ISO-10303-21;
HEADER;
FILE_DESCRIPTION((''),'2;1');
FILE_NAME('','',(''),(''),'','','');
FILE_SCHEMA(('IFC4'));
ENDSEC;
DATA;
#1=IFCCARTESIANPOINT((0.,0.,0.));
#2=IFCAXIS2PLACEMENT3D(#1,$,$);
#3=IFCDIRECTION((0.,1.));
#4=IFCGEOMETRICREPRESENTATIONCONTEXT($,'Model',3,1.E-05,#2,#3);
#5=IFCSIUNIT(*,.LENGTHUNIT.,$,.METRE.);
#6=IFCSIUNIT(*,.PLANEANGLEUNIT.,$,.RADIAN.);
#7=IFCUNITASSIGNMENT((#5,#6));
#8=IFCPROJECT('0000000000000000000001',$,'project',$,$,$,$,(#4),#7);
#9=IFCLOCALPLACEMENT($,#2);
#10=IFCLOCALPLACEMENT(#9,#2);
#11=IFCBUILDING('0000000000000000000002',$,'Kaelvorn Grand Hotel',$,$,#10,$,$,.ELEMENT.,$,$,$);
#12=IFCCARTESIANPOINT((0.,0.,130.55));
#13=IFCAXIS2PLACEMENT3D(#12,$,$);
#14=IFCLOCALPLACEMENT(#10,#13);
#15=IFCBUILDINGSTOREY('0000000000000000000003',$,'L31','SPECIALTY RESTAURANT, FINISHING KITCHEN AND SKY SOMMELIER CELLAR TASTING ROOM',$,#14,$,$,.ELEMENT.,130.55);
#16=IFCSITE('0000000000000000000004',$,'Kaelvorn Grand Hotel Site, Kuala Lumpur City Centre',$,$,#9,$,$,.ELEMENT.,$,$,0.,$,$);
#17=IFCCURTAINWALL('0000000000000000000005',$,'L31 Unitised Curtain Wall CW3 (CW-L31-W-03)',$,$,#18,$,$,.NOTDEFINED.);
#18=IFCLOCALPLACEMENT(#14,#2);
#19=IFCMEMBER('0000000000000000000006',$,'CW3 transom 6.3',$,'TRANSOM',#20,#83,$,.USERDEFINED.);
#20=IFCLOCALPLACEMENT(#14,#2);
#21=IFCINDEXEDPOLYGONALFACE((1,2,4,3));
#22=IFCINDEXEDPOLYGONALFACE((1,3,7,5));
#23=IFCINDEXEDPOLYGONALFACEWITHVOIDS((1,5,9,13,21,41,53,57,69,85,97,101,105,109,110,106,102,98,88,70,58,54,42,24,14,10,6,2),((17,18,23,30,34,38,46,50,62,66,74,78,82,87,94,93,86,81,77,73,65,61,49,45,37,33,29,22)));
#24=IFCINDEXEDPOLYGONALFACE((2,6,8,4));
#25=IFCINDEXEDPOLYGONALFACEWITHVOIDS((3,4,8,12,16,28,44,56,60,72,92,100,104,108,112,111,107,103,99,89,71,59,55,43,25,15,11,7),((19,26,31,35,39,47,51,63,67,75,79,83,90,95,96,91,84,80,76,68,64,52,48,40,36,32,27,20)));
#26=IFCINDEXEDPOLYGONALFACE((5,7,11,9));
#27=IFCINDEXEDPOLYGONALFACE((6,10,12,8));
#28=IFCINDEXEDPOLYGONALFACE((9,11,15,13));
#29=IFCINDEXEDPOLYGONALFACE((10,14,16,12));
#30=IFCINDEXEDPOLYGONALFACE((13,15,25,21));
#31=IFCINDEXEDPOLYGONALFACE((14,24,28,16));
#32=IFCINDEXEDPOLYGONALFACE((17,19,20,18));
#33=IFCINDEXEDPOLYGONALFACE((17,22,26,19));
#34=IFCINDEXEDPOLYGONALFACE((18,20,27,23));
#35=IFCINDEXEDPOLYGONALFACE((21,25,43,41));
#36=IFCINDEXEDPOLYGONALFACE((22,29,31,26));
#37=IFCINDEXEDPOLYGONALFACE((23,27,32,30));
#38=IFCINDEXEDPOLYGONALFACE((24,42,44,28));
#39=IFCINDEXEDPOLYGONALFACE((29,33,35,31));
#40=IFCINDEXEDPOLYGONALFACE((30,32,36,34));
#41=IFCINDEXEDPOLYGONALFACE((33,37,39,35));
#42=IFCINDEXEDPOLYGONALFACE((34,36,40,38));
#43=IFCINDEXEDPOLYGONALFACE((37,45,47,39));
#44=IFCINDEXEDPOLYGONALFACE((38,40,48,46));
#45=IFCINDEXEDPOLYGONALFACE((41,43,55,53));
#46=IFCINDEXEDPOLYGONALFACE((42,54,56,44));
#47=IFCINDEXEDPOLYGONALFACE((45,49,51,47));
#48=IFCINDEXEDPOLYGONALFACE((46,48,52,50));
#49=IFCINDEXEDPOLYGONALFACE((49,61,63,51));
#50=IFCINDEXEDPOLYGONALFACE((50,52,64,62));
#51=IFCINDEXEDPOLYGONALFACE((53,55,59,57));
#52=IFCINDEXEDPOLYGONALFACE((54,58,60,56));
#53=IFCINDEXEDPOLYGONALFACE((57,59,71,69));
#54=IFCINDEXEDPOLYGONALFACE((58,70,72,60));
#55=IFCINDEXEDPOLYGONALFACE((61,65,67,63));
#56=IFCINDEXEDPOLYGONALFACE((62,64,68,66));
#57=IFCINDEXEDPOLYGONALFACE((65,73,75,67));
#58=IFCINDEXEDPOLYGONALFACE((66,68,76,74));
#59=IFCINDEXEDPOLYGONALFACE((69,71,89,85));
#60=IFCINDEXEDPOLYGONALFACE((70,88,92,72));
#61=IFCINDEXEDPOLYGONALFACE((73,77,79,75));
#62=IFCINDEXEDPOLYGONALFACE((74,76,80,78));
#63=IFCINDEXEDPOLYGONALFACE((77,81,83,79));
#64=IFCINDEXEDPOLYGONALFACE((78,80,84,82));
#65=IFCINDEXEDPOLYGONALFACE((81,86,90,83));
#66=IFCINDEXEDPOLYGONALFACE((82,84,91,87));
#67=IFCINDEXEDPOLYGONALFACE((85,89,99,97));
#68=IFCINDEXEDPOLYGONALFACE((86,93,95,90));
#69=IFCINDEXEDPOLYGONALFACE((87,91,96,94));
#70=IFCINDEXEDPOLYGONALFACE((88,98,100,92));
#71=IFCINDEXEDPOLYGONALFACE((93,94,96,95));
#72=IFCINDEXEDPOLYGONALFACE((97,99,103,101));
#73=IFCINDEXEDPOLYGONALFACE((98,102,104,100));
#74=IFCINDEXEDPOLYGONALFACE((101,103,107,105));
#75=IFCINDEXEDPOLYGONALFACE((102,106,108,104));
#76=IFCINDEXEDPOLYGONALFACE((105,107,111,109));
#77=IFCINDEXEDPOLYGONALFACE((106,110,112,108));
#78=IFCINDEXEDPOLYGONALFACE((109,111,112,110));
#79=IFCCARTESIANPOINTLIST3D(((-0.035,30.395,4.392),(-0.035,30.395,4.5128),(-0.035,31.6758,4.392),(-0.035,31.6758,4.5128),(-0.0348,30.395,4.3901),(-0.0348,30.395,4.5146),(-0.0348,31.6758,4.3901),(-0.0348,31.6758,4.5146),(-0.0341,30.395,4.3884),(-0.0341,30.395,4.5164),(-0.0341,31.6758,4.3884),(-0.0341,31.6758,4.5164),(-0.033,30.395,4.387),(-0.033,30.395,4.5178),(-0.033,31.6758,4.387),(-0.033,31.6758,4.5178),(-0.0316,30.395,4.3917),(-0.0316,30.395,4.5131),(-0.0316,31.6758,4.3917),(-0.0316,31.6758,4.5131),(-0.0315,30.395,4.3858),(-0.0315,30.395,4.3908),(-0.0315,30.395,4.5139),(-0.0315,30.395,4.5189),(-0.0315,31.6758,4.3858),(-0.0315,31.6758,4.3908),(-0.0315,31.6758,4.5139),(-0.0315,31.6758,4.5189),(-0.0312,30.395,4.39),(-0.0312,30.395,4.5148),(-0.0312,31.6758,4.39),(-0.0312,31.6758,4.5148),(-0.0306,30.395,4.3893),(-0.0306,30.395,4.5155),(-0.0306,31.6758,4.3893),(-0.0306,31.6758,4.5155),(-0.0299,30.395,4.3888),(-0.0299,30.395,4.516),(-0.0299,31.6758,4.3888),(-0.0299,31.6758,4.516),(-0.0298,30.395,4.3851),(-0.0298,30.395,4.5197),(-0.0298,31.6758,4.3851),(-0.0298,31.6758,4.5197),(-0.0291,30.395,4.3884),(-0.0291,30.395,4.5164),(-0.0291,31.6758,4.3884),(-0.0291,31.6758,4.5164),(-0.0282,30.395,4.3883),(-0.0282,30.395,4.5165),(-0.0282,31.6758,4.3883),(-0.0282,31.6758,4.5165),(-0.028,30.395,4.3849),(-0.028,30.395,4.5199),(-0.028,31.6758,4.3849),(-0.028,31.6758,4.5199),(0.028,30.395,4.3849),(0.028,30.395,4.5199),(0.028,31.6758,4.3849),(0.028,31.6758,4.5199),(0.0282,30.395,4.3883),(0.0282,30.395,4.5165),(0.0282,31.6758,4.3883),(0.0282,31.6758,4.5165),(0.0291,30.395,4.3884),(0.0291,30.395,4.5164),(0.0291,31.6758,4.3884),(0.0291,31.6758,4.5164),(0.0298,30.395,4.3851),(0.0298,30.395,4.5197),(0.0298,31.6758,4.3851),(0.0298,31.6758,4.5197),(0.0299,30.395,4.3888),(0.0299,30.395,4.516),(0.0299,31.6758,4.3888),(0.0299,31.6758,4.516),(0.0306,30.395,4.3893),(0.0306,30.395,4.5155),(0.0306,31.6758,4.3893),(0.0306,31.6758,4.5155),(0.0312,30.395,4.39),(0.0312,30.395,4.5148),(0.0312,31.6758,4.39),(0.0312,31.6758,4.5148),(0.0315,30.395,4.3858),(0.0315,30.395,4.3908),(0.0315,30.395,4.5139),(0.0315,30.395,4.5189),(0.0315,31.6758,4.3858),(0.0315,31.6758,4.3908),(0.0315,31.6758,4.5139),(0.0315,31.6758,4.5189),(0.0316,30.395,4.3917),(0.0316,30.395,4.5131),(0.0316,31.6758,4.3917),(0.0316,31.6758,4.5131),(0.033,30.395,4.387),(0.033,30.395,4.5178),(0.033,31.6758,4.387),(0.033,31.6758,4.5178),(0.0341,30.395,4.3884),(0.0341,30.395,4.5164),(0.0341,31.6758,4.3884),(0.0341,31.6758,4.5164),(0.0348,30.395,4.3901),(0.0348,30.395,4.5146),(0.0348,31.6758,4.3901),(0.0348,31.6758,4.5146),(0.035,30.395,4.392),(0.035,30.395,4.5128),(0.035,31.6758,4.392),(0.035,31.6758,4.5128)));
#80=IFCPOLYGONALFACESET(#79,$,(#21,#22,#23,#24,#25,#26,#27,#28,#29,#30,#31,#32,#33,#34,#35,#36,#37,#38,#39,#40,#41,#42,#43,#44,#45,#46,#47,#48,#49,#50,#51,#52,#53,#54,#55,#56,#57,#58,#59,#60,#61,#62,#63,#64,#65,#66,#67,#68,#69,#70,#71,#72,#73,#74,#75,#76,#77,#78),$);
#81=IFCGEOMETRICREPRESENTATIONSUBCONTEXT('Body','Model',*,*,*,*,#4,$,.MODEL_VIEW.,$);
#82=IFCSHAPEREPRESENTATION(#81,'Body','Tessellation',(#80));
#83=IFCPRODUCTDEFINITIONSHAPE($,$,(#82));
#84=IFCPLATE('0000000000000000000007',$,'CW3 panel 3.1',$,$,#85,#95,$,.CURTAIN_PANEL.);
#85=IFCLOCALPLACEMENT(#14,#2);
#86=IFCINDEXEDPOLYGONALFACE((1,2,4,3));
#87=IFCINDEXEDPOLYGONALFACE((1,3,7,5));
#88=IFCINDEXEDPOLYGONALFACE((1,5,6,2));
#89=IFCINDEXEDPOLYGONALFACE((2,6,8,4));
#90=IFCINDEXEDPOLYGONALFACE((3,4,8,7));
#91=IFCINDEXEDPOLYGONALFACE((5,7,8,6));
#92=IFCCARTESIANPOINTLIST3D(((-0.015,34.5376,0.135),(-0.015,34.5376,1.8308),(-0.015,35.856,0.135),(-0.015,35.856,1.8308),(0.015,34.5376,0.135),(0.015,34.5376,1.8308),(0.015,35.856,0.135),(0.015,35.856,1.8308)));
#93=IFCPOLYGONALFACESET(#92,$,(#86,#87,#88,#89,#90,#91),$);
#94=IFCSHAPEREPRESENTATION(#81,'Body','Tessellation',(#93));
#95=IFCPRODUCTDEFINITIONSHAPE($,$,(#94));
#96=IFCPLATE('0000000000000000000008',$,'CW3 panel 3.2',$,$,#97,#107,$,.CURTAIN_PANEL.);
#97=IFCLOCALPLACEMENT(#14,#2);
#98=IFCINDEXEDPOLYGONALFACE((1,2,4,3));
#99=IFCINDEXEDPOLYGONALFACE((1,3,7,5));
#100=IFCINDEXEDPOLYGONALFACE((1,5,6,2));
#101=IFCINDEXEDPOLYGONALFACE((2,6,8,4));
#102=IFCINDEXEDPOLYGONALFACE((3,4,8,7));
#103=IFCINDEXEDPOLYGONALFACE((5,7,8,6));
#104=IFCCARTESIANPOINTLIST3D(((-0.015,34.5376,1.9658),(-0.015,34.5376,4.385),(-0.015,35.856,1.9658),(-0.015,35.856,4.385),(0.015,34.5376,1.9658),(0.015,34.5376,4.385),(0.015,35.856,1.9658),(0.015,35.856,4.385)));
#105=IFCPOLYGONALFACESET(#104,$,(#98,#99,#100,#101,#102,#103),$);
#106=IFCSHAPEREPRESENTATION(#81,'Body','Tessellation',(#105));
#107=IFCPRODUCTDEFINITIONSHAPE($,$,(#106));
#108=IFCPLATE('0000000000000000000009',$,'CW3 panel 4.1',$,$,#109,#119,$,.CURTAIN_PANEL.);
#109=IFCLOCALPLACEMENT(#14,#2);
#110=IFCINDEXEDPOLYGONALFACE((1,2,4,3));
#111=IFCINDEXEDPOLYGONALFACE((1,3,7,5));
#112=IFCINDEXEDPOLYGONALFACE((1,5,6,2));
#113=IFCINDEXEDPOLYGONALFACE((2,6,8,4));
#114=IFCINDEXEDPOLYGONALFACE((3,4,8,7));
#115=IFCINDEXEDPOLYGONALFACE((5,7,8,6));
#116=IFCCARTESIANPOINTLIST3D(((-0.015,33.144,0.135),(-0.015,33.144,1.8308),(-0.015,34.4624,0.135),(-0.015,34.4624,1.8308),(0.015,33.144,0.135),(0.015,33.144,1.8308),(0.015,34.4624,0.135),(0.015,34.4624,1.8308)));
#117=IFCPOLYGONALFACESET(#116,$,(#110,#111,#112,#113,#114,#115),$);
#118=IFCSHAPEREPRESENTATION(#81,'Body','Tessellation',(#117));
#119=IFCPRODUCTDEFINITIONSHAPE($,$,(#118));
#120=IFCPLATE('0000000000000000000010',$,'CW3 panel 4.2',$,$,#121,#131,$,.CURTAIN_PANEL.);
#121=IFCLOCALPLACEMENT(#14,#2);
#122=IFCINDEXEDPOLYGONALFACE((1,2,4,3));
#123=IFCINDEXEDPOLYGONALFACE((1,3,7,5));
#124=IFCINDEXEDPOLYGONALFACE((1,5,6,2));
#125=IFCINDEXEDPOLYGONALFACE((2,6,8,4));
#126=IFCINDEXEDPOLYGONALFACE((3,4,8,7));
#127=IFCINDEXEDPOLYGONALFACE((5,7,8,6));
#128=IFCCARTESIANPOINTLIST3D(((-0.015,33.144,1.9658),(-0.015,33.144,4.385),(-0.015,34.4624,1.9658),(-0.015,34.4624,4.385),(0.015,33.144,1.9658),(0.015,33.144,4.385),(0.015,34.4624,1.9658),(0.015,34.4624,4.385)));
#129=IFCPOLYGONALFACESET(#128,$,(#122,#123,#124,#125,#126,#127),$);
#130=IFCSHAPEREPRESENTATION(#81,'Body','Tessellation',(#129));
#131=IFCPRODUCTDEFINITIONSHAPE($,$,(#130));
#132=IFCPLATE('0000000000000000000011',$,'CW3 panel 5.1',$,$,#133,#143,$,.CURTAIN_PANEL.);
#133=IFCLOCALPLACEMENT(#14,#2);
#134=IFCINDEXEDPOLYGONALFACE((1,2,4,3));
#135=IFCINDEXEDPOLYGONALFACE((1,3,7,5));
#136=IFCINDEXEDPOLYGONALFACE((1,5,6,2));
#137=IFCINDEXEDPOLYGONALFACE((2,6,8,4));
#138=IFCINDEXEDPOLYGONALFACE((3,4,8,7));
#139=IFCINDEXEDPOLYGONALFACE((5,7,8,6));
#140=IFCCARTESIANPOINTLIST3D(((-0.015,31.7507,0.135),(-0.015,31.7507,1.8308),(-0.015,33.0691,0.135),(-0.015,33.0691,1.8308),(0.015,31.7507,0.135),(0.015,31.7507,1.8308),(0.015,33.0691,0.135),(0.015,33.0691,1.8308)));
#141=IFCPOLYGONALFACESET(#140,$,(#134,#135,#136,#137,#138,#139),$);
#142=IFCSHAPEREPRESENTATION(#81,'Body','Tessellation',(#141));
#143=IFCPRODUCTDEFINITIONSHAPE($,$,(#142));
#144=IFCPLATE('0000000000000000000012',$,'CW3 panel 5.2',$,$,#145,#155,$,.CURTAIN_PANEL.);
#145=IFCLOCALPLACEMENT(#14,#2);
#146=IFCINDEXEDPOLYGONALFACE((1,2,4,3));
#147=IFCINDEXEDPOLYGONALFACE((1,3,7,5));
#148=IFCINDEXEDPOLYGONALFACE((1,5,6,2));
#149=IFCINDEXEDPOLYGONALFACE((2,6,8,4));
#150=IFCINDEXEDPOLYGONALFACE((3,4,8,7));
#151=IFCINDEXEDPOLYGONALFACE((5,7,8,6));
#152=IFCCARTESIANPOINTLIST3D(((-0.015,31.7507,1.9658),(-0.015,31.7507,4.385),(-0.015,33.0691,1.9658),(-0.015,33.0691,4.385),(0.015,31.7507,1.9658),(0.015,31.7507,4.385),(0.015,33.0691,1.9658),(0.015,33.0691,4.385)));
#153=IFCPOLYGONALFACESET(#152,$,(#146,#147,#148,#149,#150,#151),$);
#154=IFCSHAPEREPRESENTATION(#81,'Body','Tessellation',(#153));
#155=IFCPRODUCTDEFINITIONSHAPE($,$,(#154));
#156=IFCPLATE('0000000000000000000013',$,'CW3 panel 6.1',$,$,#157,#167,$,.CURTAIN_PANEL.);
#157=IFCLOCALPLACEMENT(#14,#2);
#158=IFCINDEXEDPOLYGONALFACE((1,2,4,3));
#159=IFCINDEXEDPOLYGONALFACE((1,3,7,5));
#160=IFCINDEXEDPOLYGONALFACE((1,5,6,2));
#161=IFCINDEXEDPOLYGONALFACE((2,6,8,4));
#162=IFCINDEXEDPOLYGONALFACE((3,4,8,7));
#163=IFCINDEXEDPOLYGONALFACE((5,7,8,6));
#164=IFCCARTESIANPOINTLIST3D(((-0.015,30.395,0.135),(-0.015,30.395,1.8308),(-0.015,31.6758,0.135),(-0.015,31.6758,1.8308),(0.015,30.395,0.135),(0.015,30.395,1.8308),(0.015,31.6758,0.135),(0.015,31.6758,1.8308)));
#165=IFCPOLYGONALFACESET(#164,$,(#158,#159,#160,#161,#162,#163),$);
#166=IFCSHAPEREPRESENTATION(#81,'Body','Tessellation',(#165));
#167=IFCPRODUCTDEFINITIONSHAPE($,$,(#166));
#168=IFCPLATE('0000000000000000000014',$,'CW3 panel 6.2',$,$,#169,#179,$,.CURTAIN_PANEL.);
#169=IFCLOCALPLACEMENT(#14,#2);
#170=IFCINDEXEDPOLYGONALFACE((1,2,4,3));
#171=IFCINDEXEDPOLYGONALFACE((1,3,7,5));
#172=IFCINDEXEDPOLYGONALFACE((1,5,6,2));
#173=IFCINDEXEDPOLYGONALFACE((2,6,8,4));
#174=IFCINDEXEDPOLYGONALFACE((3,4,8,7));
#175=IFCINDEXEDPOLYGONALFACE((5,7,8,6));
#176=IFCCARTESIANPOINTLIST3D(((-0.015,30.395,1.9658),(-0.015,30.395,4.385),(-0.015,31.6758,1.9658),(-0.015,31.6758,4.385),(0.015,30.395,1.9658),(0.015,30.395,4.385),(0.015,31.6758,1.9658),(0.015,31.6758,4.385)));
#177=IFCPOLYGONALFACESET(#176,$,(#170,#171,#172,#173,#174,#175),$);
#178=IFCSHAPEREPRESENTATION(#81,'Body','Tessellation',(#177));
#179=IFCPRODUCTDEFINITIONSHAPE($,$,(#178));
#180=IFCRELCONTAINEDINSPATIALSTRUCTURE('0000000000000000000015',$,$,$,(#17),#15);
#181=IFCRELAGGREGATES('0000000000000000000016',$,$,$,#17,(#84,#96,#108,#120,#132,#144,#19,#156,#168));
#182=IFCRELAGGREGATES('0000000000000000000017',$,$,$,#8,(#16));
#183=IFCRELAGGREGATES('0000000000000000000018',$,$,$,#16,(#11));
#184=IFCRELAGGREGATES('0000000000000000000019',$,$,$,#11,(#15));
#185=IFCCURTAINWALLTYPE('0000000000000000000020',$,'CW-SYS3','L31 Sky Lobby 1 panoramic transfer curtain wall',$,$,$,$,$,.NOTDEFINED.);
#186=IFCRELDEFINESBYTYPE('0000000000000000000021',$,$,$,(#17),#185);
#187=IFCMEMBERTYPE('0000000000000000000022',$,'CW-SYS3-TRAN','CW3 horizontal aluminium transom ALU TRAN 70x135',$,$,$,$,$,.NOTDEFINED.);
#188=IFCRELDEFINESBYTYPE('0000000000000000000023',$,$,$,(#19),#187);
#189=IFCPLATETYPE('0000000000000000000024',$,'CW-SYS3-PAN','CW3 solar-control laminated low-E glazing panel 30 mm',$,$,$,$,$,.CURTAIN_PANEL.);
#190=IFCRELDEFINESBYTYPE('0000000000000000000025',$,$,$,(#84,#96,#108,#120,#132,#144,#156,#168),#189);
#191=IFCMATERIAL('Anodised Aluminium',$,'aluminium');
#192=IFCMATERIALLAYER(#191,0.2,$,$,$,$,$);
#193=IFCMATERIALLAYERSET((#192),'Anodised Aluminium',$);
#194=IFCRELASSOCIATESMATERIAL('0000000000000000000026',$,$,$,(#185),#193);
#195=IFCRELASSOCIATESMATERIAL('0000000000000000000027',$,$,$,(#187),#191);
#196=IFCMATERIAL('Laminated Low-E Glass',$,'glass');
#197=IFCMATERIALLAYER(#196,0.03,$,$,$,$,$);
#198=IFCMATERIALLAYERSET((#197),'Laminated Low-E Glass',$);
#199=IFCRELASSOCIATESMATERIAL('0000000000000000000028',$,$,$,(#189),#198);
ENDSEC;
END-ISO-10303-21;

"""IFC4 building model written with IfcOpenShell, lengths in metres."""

from ifc_helpers import new_model, si_unit, direction, frame, origin, origin_2d, place, context, subcontext, project, spatial, rectangle, hollow_rectangle, extrude, material, layer, layer_set, material_profile, profile_set, type_object, element, aggregate, save


model = new_model("IFC4")

# Units and contexts
model_context = context("Model", 3, precision=1e-05, world=origin(), true_north=direction((0.0, 1.0)))
body_context = subcontext(model_context, "Body", "Model", "MODEL_VIEW")
ifc_project = project(units=[si_unit("LENGTHUNIT", "METRE"), si_unit("PLANEANGLEUNIT", "RADIAN")], contexts=[model_context])

# Site, building, storey
site_placement = place(None, origin())
site = spatial("IfcSite", under=ifc_project, at=site_placement, Name="Kaelvorn Grand Hotel Site, Kuala Lumpur City Centre", CompositionType="ELEMENT", RefElevation=0.0)
building_placement = place(site_placement, origin())
building = spatial("IfcBuilding", under=site, at=building_placement, Name="Kaelvorn Grand Hotel", CompositionType="ELEMENT")
storey_placement = place(building_placement, frame((0.0, 0.0, 130.55)))
storey = spatial("IfcBuildingStorey", under=building, at=storey_placement, Name="L31", Description="SPECIALTY RESTAURANT, FINISHING KITCHEN AND SKY SOMMELIER CELLAR TASTING ROOM", CompositionType="ELEMENT", Elevation=130.55)

# Curtain wall, member, plates
ifc_material_1 = material(Name="Anodised Aluminium", Category="aluminium")
ifc_layer_1 = layer(ifc_material_1, 0.2)
ifc_layer_set_1 = layer_set([ifc_layer_1], Name="Anodised Aluminium")
curtain_wall_type = type_object("IfcCurtainWallType", Name="CW-SYS3", Description="L31 Sky Lobby 1 panoramic transfer curtain wall", PredefinedType="NOTDEFINED", material=ifc_layer_set_1)
curtain_wall_placement = place(storey_placement, origin())
curtain_wall = element("IfcCurtainWall", 1, at=curtain_wall_placement, inside=storey, type_object=curtain_wall_type, Name="L31 Unitised Curtain Wall CW3 (CW-L31-W-03)", PredefinedType="NOTDEFINED")
ifc_material_profile_1 = material_profile(ifc_material_1, hollow_rectangle(XDim=0.0701, YDim=0.135, WallThickness=0.0034, InnerFilletRadius=0.0034, OuterFilletRadius=0.0071, at=origin_2d()), Name="ALU TRAN 70x135")
ifc_profile_set_1 = profile_set([ifc_material_profile_1], Name="Anodised Aluminium")
member_type_1 = type_object("IfcMemberType", Name="CW-SYS3-TRAN", Description="CW3 horizontal aluminium transom ALU TRAN 70x135", PredefinedType="NOTDEFINED", material=ifc_profile_set_1)
member_1_placement = place(storey_placement, frame((0.0, 31.6758, 4.4524), z_axis=(0.0, -1.0, 0.0), x_axis=(1.0, 0.0, 0.0)))
member_1 = element("IfcMember", 2, at=member_1_placement, type_object=member_type_1, Name="CW3 transom 6.3", ObjectType="TRANSOM", PredefinedType="USERDEFINED", context=body_context, shape_type="SweptSolid", body=[
    extrude(hollow_rectangle(XDim=0.0701, YDim=0.135, WallThickness=0.0034, InnerFilletRadius=0.0034, OuterFilletRadius=0.0071, at=origin_2d()), origin(), (0.0, 0.0, 1.0), 1.2808),
])
ifc_material_2 = material(Name="Laminated Low-E Glass", Category="glass")
ifc_layer_2 = layer(ifc_material_2, 0.03)
ifc_layer_set_2 = layer_set([ifc_layer_2], Name="Laminated Low-E Glass")
plate_type = type_object("IfcPlateType", Name="CW-SYS3-PAN", Description="CW3 solar-control laminated low-E glazing panel 30 mm", PredefinedType="CURTAIN_PANEL", material=ifc_layer_set_2)
plate_1_placement = place(storey_placement, frame((0.0, 35.1968, 0.135), z_axis=(0.0, 0.0, 1.0), x_axis=(0.0, -1.0, 0.0)))
plate_1 = element("IfcPlate", 3, at=plate_1_placement, type_object=plate_type, Name="CW3 panel 3.1", PredefinedType="CURTAIN_PANEL", context=body_context, shape_type="SweptSolid", body=[
    extrude(rectangle(XDim=1.3184, YDim=0.03, at=origin_2d()), origin(), (0.0, 0.0, 1.0), 1.6958),
])
plate_2_placement = place(storey_placement, frame((0.0, 35.1968, 1.9658), z_axis=(0.0, 0.0, 1.0), x_axis=(0.0, -1.0, 0.0)))
plate_2 = element("IfcPlate", 4, at=plate_2_placement, type_object=plate_type, Name="CW3 panel 3.2", PredefinedType="CURTAIN_PANEL", context=body_context, shape_type="SweptSolid", body=[
    extrude(rectangle(XDim=1.3184, YDim=0.03, at=origin_2d()), origin(), (0.0, 0.0, 1.0), 2.4192),
])
plate_3_placement = place(storey_placement, frame((0.0, 33.8032, 0.135), z_axis=(0.0, 0.0, 1.0), x_axis=(0.0, -1.0, 0.0)))
plate_3 = element("IfcPlate", 5, at=plate_3_placement, type_object=plate_type, Name="CW3 panel 4.1", PredefinedType="CURTAIN_PANEL", context=body_context, shape_type="SweptSolid", body=[
    extrude(rectangle(XDim=1.3184, YDim=0.03, at=origin_2d()), origin(), (0.0, 0.0, 1.0), 1.6958),
])
plate_4_placement = place(storey_placement, frame((0.0, 33.8032, 1.9658), z_axis=(0.0, 0.0, 1.0), x_axis=(0.0, -1.0, 0.0)))
plate_4 = element("IfcPlate", 6, at=plate_4_placement, type_object=plate_type, Name="CW3 panel 4.2", PredefinedType="CURTAIN_PANEL", context=body_context, shape_type="SweptSolid", body=[
    extrude(rectangle(XDim=1.3184, YDim=0.03, at=origin_2d()), origin(), (0.0, 0.0, 1.0), 2.4192),
])
plate_5_placement = place(storey_placement, frame((0.0, 32.4099, 0.135), z_axis=(0.0, 0.0, 1.0), x_axis=(0.0, -1.0, 0.0)))
plate_5 = element("IfcPlate", 7, at=plate_5_placement, type_object=plate_type, Name="CW3 panel 5.1", PredefinedType="CURTAIN_PANEL", context=body_context, shape_type="SweptSolid", body=[
    extrude(rectangle(XDim=1.3184, YDim=0.03, at=origin_2d()), origin(), (0.0, 0.0, 1.0), 1.6958),
])
plate_6_placement = place(storey_placement, frame((0.0, 32.4099, 1.9658), z_axis=(0.0, 0.0, 1.0), x_axis=(0.0, -1.0, 0.0)))
plate_6 = element("IfcPlate", 8, at=plate_6_placement, type_object=plate_type, Name="CW3 panel 5.2", PredefinedType="CURTAIN_PANEL", context=body_context, shape_type="SweptSolid", body=[
    extrude(rectangle(XDim=1.3184, YDim=0.03, at=origin_2d()), origin(), (0.0, 0.0, 1.0), 2.4192),
])
plate_7_placement = place(storey_placement, frame((0.0, 31.0354, 0.135), z_axis=(0.0, 0.0, 1.0), x_axis=(0.0, -1.0, 0.0)))
plate_7 = element("IfcPlate", 9, at=plate_7_placement, type_object=plate_type, Name="CW3 panel 6.1", PredefinedType="CURTAIN_PANEL", context=body_context, shape_type="SweptSolid", body=[
    extrude(rectangle(XDim=1.2808, YDim=0.03, at=origin_2d()), origin(), (0.0, 0.0, 1.0), 1.6958),
])
plate_8_placement = place(storey_placement, frame((0.0, 31.0354, 1.9658), z_axis=(0.0, 0.0, 1.0), x_axis=(0.0, -1.0, 0.0)))
plate_8 = element("IfcPlate", 10, at=plate_8_placement, type_object=plate_type, Name="CW3 panel 6.2", PredefinedType="CURTAIN_PANEL", context=body_context, shape_type="SweptSolid", body=[
    extrude(rectangle(XDim=1.2808, YDim=0.03, at=origin_2d()), origin(), (0.0, 0.0, 1.0), 2.4192),
])
aggregate(curtain_wall, [plate_1, plate_2, plate_3, plate_4, plate_5, plate_6, member_1, plate_7, plate_8])

save(model, "model.ifc")
